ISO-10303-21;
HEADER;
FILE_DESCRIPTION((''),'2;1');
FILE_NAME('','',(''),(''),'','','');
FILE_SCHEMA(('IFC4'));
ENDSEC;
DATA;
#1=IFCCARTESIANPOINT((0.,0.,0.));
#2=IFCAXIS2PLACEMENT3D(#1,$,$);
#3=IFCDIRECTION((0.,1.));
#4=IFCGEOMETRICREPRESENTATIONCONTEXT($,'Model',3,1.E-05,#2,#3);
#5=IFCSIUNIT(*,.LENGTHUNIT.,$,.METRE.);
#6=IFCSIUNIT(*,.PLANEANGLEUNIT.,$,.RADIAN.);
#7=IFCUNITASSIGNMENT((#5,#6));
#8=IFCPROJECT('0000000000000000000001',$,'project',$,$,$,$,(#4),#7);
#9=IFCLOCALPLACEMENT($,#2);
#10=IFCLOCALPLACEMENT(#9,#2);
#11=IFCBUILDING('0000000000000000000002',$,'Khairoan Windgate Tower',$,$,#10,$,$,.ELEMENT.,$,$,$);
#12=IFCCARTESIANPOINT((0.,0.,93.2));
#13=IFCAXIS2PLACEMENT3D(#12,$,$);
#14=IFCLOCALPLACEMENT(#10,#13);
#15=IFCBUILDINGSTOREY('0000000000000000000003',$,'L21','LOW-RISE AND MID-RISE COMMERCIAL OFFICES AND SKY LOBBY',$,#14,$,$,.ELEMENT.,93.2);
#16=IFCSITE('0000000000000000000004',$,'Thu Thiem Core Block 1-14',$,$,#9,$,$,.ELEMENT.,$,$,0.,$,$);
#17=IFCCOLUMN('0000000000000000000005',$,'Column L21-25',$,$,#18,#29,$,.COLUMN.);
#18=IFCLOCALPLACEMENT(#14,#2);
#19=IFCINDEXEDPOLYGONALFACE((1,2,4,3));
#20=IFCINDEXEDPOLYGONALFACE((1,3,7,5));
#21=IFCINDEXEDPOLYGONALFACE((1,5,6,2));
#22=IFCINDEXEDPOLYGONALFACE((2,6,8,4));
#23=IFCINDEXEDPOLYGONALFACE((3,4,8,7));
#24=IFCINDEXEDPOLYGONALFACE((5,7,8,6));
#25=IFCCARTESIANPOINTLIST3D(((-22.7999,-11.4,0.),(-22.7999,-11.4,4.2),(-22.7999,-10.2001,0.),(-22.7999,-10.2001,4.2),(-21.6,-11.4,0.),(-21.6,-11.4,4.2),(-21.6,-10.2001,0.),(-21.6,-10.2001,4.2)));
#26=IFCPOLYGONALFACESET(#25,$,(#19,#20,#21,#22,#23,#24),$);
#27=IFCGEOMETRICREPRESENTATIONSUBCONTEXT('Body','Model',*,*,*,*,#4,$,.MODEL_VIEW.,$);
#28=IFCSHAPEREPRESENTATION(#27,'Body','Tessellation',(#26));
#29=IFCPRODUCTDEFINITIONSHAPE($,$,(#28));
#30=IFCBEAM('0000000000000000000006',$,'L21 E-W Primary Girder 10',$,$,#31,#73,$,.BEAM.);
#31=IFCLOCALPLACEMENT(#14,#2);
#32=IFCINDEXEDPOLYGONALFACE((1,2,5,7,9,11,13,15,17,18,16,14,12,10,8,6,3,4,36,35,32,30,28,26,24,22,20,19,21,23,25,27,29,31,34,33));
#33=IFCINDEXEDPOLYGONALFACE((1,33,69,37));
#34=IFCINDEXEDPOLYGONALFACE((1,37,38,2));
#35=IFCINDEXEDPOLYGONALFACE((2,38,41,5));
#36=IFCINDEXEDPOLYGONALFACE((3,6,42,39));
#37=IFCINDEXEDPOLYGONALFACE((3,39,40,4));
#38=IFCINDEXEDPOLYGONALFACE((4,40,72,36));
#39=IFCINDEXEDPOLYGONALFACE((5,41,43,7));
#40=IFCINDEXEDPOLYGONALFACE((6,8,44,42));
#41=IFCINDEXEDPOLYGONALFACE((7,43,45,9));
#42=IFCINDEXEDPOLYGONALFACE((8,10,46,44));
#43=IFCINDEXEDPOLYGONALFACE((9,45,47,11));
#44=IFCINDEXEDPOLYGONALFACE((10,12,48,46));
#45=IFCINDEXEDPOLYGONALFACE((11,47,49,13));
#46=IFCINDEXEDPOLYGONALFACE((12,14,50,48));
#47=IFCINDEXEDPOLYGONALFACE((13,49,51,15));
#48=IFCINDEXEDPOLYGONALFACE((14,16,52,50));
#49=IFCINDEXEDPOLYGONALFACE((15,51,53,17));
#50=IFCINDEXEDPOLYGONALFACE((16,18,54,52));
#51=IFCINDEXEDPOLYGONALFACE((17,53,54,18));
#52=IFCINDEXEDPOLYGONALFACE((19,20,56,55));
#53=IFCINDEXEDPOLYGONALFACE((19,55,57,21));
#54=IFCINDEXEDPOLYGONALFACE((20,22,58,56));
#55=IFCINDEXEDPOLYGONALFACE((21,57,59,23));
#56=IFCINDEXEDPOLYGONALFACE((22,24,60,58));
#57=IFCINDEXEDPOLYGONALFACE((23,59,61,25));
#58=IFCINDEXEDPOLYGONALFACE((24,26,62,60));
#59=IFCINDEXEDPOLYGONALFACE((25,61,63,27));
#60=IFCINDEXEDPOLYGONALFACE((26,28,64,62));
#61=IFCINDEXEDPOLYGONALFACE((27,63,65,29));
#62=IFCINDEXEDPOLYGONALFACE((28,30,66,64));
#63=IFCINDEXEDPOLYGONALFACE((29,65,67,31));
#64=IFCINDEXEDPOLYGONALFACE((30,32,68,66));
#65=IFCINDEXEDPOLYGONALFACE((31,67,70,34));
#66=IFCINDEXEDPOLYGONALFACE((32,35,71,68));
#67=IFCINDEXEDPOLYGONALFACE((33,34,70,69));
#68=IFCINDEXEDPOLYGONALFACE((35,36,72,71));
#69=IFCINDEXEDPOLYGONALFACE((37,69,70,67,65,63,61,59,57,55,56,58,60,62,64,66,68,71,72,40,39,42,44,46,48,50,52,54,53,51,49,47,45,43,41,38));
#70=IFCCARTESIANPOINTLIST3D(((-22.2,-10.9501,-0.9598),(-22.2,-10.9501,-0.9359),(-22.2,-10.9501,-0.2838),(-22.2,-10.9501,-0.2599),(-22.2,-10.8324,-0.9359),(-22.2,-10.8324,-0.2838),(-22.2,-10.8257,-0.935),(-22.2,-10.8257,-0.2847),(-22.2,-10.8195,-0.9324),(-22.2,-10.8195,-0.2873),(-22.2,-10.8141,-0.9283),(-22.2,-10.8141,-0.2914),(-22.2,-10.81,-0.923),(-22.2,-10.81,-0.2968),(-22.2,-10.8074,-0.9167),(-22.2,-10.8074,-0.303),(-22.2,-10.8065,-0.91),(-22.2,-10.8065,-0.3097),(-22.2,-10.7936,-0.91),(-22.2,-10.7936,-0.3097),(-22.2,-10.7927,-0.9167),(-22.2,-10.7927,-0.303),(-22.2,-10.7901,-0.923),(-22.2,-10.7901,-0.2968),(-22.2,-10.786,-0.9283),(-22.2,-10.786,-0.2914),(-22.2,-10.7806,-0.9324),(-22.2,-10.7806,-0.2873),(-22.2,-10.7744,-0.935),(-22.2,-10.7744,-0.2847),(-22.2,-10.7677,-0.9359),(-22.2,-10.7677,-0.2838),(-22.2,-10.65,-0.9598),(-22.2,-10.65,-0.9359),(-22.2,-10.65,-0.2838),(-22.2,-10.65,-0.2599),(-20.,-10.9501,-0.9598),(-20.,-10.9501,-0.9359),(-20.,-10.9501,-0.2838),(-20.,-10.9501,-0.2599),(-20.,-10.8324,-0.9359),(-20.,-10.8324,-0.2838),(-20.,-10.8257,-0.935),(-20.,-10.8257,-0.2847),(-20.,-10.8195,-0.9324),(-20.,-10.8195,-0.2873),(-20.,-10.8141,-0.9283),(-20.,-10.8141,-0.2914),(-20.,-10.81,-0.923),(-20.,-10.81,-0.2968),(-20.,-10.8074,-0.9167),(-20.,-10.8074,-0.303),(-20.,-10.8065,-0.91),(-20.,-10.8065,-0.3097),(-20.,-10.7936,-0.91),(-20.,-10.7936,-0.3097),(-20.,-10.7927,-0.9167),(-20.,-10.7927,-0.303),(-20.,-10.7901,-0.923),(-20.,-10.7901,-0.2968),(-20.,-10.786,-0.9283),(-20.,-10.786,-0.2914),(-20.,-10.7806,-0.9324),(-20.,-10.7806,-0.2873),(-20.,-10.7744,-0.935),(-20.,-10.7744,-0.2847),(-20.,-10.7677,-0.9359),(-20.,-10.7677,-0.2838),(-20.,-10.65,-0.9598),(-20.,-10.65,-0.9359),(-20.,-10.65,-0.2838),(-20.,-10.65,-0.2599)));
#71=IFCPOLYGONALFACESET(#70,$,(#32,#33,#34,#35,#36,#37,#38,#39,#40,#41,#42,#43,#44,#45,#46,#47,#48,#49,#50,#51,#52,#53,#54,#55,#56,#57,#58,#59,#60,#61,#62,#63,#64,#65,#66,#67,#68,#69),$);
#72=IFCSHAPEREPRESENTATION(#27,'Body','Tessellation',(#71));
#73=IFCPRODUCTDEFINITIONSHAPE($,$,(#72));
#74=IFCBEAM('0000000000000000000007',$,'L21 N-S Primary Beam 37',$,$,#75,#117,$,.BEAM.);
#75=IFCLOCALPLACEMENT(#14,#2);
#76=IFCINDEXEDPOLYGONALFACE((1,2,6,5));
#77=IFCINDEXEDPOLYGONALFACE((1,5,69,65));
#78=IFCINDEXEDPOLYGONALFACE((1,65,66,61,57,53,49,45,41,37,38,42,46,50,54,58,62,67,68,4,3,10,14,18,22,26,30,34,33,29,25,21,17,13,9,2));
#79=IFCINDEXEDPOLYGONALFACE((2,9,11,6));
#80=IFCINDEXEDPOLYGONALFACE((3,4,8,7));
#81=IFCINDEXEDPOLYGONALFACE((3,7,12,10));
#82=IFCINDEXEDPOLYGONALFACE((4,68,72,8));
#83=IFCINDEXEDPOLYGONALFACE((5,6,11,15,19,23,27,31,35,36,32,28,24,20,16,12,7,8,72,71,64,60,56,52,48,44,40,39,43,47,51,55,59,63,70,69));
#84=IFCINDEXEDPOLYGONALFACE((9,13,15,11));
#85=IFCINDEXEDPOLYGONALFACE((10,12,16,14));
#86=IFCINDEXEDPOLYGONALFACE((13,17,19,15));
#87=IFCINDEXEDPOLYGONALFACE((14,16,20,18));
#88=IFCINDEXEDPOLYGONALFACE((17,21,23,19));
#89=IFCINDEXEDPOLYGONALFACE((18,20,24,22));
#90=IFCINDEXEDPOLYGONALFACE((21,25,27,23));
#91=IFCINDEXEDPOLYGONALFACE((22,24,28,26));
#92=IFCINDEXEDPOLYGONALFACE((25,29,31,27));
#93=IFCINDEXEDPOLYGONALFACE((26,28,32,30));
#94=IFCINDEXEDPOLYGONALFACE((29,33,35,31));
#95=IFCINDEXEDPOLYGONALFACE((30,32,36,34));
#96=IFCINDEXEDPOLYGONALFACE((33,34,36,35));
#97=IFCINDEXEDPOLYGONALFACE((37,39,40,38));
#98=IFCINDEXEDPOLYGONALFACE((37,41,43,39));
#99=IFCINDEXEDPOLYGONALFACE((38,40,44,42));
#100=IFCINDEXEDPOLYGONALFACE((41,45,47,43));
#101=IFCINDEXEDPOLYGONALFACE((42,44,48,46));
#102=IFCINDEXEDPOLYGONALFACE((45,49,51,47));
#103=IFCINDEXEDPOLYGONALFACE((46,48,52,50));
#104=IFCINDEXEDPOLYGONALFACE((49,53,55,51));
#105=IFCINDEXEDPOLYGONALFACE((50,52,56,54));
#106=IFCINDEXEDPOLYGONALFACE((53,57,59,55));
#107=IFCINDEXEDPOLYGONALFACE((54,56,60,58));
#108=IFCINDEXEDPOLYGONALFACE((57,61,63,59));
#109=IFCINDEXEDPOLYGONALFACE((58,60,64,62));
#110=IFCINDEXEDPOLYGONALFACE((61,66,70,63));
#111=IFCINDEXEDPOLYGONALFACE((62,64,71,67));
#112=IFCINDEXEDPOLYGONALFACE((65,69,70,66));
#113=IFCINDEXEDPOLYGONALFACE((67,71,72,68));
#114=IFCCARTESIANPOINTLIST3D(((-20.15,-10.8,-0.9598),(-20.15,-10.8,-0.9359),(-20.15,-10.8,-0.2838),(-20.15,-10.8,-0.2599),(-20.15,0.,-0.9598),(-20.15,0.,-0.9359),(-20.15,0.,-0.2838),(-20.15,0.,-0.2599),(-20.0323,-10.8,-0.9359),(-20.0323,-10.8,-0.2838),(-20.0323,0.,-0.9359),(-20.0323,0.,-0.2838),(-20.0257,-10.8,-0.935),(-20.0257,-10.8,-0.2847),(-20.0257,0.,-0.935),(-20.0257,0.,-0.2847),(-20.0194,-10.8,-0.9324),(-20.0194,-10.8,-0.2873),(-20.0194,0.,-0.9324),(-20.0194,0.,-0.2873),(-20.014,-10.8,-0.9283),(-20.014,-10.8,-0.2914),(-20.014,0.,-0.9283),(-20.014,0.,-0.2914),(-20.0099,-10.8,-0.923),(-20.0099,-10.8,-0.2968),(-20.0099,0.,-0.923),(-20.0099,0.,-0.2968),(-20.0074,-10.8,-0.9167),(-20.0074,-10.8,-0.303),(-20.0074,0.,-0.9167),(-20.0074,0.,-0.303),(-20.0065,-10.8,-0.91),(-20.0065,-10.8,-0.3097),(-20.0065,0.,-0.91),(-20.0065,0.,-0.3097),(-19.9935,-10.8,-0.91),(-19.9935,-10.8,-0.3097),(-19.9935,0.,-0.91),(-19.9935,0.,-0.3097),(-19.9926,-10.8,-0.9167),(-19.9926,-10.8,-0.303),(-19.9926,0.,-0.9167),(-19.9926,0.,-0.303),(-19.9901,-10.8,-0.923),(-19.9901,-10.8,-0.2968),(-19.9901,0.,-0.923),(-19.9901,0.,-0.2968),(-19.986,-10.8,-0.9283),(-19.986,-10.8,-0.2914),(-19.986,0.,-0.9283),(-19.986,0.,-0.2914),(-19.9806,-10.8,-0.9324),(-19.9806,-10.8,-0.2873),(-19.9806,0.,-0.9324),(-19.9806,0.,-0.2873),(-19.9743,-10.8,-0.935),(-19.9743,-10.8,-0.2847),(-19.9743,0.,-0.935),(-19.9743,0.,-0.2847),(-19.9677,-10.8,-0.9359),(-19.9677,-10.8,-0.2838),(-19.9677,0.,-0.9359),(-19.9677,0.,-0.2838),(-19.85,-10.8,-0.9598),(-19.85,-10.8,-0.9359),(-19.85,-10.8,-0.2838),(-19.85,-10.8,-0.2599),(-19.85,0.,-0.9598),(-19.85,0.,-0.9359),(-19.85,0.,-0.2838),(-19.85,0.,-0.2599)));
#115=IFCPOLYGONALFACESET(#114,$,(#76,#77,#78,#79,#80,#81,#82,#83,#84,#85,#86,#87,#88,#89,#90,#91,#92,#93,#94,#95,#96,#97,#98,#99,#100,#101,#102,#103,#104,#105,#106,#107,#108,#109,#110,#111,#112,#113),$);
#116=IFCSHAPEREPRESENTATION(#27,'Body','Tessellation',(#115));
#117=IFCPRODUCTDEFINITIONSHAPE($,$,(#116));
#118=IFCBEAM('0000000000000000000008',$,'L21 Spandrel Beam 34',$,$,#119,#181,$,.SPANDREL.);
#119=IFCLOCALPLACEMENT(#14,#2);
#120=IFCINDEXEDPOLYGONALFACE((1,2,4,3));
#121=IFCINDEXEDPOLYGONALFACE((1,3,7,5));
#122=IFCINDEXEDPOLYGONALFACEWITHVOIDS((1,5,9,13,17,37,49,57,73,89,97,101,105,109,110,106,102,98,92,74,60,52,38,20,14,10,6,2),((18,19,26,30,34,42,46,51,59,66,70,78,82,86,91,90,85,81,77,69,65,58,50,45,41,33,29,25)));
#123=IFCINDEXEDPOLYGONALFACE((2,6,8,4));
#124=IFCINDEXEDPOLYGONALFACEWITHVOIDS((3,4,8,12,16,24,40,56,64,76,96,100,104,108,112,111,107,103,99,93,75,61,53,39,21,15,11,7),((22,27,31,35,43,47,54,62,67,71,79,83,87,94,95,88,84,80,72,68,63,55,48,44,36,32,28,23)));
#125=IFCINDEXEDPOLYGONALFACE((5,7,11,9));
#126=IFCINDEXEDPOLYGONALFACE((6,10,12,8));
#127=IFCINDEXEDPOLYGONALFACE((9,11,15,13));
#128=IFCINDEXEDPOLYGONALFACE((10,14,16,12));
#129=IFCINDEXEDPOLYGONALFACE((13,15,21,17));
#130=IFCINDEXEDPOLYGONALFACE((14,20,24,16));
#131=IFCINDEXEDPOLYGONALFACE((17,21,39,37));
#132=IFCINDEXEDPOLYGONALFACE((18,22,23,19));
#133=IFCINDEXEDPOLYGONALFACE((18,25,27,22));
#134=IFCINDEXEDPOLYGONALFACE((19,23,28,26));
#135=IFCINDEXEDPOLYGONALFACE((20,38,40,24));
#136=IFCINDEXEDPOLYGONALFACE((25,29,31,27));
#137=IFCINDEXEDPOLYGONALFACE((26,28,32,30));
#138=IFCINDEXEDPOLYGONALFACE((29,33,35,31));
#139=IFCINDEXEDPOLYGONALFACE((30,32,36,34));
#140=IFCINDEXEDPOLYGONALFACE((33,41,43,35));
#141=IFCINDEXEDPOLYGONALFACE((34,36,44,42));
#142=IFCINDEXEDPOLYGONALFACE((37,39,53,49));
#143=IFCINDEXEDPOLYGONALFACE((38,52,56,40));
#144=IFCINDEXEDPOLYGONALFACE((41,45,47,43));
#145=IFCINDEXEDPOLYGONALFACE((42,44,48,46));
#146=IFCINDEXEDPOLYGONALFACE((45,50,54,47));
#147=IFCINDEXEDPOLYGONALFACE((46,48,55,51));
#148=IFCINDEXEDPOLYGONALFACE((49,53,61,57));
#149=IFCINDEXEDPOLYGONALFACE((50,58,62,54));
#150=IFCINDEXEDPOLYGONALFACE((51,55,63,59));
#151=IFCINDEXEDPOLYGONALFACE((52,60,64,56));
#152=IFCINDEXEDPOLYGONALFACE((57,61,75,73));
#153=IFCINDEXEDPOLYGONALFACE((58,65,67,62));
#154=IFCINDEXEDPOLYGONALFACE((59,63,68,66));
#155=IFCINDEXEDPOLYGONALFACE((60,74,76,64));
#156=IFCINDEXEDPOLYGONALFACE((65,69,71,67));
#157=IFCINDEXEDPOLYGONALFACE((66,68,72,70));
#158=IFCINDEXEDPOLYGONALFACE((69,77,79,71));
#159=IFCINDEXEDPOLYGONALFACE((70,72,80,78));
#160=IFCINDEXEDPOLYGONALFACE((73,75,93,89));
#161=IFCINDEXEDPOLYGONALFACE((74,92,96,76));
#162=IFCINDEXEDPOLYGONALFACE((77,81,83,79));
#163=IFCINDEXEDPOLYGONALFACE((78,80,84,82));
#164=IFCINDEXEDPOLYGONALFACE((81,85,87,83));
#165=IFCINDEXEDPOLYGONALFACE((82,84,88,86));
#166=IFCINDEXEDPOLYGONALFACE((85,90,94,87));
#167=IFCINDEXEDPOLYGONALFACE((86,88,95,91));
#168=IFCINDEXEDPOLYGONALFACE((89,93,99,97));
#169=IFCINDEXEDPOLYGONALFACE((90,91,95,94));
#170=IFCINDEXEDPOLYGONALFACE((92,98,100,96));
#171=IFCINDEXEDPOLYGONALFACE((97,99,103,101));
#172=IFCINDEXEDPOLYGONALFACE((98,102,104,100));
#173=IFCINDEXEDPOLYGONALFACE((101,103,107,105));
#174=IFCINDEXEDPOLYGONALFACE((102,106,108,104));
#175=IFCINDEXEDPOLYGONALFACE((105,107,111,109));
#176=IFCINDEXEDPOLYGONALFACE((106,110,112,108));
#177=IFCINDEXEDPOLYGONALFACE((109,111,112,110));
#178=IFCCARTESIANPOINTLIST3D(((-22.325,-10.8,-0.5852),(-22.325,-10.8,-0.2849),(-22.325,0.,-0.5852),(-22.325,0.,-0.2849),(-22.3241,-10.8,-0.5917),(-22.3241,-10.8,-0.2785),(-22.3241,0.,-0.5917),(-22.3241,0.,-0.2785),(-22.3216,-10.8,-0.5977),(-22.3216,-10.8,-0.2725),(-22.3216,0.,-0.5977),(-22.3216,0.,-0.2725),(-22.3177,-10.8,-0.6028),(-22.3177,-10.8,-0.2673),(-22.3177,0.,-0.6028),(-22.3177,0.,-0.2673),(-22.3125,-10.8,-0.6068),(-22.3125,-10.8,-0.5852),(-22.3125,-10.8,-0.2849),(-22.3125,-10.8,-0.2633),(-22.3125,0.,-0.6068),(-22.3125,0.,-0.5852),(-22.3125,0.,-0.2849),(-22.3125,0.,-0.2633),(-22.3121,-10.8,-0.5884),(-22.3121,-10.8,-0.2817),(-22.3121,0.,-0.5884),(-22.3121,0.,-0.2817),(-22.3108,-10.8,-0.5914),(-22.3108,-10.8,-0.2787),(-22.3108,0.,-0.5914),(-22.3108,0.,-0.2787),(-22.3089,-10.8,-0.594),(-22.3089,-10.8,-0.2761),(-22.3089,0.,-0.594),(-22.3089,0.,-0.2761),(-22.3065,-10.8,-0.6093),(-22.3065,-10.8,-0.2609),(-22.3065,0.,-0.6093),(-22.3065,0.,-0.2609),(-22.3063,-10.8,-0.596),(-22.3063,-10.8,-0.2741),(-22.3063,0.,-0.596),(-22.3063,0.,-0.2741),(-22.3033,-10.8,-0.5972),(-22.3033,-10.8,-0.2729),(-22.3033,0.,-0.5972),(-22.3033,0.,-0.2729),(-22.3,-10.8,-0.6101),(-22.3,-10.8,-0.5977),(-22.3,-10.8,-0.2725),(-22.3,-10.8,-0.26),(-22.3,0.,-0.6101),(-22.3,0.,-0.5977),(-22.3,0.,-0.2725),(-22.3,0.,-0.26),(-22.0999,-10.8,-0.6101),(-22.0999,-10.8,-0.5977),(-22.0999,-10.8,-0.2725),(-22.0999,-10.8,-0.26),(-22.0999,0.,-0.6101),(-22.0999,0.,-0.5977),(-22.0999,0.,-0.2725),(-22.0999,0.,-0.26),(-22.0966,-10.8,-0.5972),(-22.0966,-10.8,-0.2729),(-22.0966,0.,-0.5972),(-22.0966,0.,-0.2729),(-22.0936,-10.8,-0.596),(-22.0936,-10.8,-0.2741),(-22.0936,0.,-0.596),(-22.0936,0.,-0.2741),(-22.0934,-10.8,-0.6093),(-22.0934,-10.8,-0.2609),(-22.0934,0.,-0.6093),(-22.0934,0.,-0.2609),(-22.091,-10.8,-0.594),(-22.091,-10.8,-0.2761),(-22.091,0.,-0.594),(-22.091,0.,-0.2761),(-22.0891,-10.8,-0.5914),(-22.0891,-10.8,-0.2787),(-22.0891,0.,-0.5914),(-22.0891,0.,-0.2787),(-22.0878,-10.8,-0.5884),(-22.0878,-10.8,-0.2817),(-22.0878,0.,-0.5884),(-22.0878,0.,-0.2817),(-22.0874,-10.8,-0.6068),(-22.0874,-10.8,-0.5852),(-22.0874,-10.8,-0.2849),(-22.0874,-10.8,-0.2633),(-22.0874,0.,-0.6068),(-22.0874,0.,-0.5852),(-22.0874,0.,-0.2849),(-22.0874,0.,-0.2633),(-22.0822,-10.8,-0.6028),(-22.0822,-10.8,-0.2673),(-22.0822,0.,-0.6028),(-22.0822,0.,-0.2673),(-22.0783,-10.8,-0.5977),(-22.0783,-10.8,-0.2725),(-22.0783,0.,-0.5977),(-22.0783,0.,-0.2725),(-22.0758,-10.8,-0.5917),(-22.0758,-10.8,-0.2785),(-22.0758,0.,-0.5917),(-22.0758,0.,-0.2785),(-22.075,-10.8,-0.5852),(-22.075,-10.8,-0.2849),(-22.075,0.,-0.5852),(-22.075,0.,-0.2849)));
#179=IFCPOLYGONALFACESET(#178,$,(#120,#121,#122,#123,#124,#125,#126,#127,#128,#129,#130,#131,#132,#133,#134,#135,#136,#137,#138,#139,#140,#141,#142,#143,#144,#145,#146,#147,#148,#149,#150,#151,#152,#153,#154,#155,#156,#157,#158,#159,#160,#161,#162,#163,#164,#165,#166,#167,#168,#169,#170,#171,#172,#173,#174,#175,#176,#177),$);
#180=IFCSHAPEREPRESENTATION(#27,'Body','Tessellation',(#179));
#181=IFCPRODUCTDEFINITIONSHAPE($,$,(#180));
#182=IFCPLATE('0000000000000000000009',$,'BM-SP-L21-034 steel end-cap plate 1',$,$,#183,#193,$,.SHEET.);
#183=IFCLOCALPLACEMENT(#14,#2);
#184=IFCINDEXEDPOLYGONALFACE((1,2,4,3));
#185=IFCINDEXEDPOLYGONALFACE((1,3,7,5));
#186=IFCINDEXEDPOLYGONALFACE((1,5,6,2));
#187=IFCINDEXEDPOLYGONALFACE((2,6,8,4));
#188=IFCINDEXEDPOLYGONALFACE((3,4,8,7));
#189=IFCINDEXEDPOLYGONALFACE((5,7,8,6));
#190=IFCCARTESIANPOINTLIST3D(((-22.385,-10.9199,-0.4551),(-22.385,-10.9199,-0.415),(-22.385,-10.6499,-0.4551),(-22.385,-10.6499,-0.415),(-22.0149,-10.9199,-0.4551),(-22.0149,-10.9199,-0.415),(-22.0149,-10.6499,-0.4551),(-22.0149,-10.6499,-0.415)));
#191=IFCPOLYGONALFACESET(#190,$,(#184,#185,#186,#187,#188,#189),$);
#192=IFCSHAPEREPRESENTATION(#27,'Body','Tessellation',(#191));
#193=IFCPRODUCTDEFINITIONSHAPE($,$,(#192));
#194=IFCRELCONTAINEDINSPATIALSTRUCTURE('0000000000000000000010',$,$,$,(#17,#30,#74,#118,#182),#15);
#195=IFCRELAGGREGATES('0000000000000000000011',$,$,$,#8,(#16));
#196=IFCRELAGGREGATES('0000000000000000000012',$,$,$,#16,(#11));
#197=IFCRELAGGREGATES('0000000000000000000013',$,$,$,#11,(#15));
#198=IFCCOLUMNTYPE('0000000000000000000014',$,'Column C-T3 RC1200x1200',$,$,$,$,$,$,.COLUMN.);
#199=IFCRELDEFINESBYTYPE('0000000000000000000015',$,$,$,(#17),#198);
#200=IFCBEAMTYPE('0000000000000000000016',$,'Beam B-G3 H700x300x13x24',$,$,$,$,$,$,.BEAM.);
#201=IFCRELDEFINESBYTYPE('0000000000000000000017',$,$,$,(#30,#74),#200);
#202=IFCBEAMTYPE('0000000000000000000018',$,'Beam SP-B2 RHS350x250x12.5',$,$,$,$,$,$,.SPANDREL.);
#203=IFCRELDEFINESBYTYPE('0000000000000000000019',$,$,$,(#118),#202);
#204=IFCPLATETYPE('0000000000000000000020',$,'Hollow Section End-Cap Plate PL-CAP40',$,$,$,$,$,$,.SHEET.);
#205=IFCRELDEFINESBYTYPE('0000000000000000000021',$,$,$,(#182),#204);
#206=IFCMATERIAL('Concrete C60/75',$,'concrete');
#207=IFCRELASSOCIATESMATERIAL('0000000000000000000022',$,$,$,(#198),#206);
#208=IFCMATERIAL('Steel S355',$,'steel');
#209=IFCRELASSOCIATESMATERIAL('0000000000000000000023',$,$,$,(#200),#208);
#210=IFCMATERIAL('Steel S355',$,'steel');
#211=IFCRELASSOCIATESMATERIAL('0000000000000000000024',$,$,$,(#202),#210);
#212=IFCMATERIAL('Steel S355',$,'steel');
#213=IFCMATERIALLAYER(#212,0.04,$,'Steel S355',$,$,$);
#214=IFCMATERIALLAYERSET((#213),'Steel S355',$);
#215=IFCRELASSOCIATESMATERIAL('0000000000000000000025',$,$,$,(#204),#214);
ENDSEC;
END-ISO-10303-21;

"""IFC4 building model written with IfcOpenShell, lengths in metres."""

from ifc_helpers import new_model, si_unit, direction, frame, origin, origin_2d, place, context, subcontext, project, spatial, rectangle, hollow_rectangle, i_section, extrude, material, layer, layer_set, material_profile, profile_set, type_object, element, save


model = new_model("IFC4")

# Units and contexts
model_context = context("Model", 3, precision=1e-05, world=origin(), true_north=direction((0.0, 1.0)))
body_context = subcontext(model_context, "Body", "Model", "MODEL_VIEW")
ifc_project = project(units=[si_unit("LENGTHUNIT", "METRE"), si_unit("PLANEANGLEUNIT", "RADIAN")], contexts=[model_context])

# Site, building, storey
site_placement = place(None, origin())
site = spatial("IfcSite", under=ifc_project, at=site_placement, Name="Thu Thiem Core Block 1-14", CompositionType="ELEMENT", RefElevation=0.0)
building_placement = place(site_placement, origin())
building = spatial("IfcBuilding", under=site, at=building_placement, Name="Khairoan Windgate Tower", CompositionType="ELEMENT")
storey_placement = place(building_placement, frame((0.0, 0.0, 93.2)))
storey = spatial("IfcBuildingStorey", under=building, at=storey_placement, Name="L21", Description="LOW-RISE AND MID-RISE COMMERCIAL OFFICES AND SKY LOBBY", CompositionType="ELEMENT", Elevation=93.2)

# Column
ifc_material_1 = material(Name="Concrete C60/75", Category="concrete")
ifc_material_profile_1 = material_profile(ifc_material_1, rectangle(XDim=1.2, YDim=1.2, at=origin_2d()))
ifc_profile_set_1 = profile_set([ifc_material_profile_1], Name="Concrete C60/75")
column_type = type_object("IfcColumnType", Name="Column C-T3 RC1200x1200", PredefinedType="COLUMN", material=ifc_profile_set_1)
column_placement = place(storey_placement, frame((-22.2, -10.8, 0.0), z_axis=(0.0, 0.0, 1.0), x_axis=(1.0, 0.0, 0.0)))
element("IfcColumn", 1, at=column_placement, inside=storey, type_object=column_type, Name="Column L21-25", PredefinedType="COLUMN", context=body_context, shape_type="SweptSolid", body=[
    extrude(rectangle(XDim=1.2, YDim=1.2, at=origin_2d()), origin(), (0.0, 0.0, 1.0), 4.2),
])

# Beams
ifc_material_2 = material(Name="Steel S355", Category="steel")
ifc_material_profile_2 = material_profile(ifc_material_2, i_section(OverallWidth=0.3, OverallDepth=0.7, WebThickness=0.0129, FlangeThickness=0.0239, FilletRadius=0.0259, at=origin_2d()))
ifc_profile_set_2 = profile_set([ifc_material_profile_2], Name="Steel S355")
beam_type_1 = type_object("IfcBeamType", Name="Beam B-G3 H700x300x13x24", PredefinedType="BEAM", material=ifc_profile_set_2)
beam_1_placement = place(storey_placement, frame((-22.2, -10.8, -0.6099), z_axis=(1.0, 0.0, 0.0), x_axis=(0.0, 1.0, 0.0)))
element("IfcBeam", 2, at=beam_1_placement, inside=storey, type_object=beam_type_1, Name="L21 E-W Primary Girder 10", PredefinedType="BEAM", context=body_context, shape_type="SweptSolid", body=[
    extrude(i_section(OverallWidth=0.3, OverallDepth=0.7, WebThickness=0.0129, FlangeThickness=0.0239, FilletRadius=0.0259, at=origin_2d()), origin(), (0.0, 0.0, 1.0), 2.2),
])
beam_2_placement = place(storey_placement, frame((-20.0, -10.8, -0.6099), z_axis=(0.0, 1.0, 0.0), x_axis=(-1.0, 0.0, 0.0)))
element("IfcBeam", 3, at=beam_2_placement, inside=storey, type_object=beam_type_1, Name="L21 N-S Primary Beam 37", PredefinedType="BEAM", context=body_context, shape_type="SweptSolid", body=[
    extrude(i_section(OverallWidth=0.3, OverallDepth=0.7, WebThickness=0.0129, FlangeThickness=0.0239, FilletRadius=0.0259, at=origin_2d()), origin(), (0.0, 0.0, 1.0), 10.8),
])
ifc_material_3 = material(Name="Steel S355", Category="steel")
ifc_material_profile_3 = material_profile(ifc_material_3, hollow_rectangle(XDim=0.25, YDim=0.3501, WallThickness=0.0125, InnerFilletRadius=0.0125, OuterFilletRadius=0.0249, at=origin_2d()))
ifc_profile_set_3 = profile_set([ifc_material_profile_3], Name="Steel S355")
beam_type_2 = type_object("IfcBeamType", Name="Beam SP-B2 RHS350x250x12.5", PredefinedType="SPANDREL", material=ifc_profile_set_3)
beam_3_placement = place(storey_placement, frame((-22.2, -10.8, -0.4351), z_axis=(0.0, 1.0, 0.0), x_axis=(-1.0, 0.0, 0.0)))
element("IfcBeam", 4, at=beam_3_placement, inside=storey, type_object=beam_type_2, Name="L21 Spandrel Beam 34", PredefinedType="SPANDREL", context=body_context, shape_type="SweptSolid", body=[
    extrude(hollow_rectangle(XDim=0.25, YDim=0.3501, WallThickness=0.0125, InnerFilletRadius=0.0125, OuterFilletRadius=0.0249, at=origin_2d()), origin(), (0.0, 0.0, 1.0), 10.8),
])

# Plate
ifc_material_4 = material(Name="Steel S355", Category="steel")
ifc_layer_1 = layer(ifc_material_4, 0.04, Name="Steel S355")
ifc_layer_set_1 = layer_set([ifc_layer_1], Name="Steel S355")
plate_type_1 = type_object("IfcPlateType", Name="Hollow Section End-Cap Plate PL-CAP40", PredefinedType="SHEET", material=ifc_layer_set_1)
plate_1_placement = place(storey_placement, frame((-22.2, -10.7849, -0.4551), z_axis=(0.0, 0.0, 1.0), x_axis=(0.0, 1.0, 0.0)))
element("IfcPlate", 5, at=plate_1_placement, inside=storey, type_object=plate_type_1, Name="BM-SP-L21-034 steel end-cap plate 1", PredefinedType="SHEET", context=body_context, shape_type="SweptSolid", body=[
    extrude(rectangle(XDim=0.27, YDim=0.3701, at=origin_2d()), origin(), (0.0, 0.0, 1.0), 0.04),
])

save(model, "model.ifc")
